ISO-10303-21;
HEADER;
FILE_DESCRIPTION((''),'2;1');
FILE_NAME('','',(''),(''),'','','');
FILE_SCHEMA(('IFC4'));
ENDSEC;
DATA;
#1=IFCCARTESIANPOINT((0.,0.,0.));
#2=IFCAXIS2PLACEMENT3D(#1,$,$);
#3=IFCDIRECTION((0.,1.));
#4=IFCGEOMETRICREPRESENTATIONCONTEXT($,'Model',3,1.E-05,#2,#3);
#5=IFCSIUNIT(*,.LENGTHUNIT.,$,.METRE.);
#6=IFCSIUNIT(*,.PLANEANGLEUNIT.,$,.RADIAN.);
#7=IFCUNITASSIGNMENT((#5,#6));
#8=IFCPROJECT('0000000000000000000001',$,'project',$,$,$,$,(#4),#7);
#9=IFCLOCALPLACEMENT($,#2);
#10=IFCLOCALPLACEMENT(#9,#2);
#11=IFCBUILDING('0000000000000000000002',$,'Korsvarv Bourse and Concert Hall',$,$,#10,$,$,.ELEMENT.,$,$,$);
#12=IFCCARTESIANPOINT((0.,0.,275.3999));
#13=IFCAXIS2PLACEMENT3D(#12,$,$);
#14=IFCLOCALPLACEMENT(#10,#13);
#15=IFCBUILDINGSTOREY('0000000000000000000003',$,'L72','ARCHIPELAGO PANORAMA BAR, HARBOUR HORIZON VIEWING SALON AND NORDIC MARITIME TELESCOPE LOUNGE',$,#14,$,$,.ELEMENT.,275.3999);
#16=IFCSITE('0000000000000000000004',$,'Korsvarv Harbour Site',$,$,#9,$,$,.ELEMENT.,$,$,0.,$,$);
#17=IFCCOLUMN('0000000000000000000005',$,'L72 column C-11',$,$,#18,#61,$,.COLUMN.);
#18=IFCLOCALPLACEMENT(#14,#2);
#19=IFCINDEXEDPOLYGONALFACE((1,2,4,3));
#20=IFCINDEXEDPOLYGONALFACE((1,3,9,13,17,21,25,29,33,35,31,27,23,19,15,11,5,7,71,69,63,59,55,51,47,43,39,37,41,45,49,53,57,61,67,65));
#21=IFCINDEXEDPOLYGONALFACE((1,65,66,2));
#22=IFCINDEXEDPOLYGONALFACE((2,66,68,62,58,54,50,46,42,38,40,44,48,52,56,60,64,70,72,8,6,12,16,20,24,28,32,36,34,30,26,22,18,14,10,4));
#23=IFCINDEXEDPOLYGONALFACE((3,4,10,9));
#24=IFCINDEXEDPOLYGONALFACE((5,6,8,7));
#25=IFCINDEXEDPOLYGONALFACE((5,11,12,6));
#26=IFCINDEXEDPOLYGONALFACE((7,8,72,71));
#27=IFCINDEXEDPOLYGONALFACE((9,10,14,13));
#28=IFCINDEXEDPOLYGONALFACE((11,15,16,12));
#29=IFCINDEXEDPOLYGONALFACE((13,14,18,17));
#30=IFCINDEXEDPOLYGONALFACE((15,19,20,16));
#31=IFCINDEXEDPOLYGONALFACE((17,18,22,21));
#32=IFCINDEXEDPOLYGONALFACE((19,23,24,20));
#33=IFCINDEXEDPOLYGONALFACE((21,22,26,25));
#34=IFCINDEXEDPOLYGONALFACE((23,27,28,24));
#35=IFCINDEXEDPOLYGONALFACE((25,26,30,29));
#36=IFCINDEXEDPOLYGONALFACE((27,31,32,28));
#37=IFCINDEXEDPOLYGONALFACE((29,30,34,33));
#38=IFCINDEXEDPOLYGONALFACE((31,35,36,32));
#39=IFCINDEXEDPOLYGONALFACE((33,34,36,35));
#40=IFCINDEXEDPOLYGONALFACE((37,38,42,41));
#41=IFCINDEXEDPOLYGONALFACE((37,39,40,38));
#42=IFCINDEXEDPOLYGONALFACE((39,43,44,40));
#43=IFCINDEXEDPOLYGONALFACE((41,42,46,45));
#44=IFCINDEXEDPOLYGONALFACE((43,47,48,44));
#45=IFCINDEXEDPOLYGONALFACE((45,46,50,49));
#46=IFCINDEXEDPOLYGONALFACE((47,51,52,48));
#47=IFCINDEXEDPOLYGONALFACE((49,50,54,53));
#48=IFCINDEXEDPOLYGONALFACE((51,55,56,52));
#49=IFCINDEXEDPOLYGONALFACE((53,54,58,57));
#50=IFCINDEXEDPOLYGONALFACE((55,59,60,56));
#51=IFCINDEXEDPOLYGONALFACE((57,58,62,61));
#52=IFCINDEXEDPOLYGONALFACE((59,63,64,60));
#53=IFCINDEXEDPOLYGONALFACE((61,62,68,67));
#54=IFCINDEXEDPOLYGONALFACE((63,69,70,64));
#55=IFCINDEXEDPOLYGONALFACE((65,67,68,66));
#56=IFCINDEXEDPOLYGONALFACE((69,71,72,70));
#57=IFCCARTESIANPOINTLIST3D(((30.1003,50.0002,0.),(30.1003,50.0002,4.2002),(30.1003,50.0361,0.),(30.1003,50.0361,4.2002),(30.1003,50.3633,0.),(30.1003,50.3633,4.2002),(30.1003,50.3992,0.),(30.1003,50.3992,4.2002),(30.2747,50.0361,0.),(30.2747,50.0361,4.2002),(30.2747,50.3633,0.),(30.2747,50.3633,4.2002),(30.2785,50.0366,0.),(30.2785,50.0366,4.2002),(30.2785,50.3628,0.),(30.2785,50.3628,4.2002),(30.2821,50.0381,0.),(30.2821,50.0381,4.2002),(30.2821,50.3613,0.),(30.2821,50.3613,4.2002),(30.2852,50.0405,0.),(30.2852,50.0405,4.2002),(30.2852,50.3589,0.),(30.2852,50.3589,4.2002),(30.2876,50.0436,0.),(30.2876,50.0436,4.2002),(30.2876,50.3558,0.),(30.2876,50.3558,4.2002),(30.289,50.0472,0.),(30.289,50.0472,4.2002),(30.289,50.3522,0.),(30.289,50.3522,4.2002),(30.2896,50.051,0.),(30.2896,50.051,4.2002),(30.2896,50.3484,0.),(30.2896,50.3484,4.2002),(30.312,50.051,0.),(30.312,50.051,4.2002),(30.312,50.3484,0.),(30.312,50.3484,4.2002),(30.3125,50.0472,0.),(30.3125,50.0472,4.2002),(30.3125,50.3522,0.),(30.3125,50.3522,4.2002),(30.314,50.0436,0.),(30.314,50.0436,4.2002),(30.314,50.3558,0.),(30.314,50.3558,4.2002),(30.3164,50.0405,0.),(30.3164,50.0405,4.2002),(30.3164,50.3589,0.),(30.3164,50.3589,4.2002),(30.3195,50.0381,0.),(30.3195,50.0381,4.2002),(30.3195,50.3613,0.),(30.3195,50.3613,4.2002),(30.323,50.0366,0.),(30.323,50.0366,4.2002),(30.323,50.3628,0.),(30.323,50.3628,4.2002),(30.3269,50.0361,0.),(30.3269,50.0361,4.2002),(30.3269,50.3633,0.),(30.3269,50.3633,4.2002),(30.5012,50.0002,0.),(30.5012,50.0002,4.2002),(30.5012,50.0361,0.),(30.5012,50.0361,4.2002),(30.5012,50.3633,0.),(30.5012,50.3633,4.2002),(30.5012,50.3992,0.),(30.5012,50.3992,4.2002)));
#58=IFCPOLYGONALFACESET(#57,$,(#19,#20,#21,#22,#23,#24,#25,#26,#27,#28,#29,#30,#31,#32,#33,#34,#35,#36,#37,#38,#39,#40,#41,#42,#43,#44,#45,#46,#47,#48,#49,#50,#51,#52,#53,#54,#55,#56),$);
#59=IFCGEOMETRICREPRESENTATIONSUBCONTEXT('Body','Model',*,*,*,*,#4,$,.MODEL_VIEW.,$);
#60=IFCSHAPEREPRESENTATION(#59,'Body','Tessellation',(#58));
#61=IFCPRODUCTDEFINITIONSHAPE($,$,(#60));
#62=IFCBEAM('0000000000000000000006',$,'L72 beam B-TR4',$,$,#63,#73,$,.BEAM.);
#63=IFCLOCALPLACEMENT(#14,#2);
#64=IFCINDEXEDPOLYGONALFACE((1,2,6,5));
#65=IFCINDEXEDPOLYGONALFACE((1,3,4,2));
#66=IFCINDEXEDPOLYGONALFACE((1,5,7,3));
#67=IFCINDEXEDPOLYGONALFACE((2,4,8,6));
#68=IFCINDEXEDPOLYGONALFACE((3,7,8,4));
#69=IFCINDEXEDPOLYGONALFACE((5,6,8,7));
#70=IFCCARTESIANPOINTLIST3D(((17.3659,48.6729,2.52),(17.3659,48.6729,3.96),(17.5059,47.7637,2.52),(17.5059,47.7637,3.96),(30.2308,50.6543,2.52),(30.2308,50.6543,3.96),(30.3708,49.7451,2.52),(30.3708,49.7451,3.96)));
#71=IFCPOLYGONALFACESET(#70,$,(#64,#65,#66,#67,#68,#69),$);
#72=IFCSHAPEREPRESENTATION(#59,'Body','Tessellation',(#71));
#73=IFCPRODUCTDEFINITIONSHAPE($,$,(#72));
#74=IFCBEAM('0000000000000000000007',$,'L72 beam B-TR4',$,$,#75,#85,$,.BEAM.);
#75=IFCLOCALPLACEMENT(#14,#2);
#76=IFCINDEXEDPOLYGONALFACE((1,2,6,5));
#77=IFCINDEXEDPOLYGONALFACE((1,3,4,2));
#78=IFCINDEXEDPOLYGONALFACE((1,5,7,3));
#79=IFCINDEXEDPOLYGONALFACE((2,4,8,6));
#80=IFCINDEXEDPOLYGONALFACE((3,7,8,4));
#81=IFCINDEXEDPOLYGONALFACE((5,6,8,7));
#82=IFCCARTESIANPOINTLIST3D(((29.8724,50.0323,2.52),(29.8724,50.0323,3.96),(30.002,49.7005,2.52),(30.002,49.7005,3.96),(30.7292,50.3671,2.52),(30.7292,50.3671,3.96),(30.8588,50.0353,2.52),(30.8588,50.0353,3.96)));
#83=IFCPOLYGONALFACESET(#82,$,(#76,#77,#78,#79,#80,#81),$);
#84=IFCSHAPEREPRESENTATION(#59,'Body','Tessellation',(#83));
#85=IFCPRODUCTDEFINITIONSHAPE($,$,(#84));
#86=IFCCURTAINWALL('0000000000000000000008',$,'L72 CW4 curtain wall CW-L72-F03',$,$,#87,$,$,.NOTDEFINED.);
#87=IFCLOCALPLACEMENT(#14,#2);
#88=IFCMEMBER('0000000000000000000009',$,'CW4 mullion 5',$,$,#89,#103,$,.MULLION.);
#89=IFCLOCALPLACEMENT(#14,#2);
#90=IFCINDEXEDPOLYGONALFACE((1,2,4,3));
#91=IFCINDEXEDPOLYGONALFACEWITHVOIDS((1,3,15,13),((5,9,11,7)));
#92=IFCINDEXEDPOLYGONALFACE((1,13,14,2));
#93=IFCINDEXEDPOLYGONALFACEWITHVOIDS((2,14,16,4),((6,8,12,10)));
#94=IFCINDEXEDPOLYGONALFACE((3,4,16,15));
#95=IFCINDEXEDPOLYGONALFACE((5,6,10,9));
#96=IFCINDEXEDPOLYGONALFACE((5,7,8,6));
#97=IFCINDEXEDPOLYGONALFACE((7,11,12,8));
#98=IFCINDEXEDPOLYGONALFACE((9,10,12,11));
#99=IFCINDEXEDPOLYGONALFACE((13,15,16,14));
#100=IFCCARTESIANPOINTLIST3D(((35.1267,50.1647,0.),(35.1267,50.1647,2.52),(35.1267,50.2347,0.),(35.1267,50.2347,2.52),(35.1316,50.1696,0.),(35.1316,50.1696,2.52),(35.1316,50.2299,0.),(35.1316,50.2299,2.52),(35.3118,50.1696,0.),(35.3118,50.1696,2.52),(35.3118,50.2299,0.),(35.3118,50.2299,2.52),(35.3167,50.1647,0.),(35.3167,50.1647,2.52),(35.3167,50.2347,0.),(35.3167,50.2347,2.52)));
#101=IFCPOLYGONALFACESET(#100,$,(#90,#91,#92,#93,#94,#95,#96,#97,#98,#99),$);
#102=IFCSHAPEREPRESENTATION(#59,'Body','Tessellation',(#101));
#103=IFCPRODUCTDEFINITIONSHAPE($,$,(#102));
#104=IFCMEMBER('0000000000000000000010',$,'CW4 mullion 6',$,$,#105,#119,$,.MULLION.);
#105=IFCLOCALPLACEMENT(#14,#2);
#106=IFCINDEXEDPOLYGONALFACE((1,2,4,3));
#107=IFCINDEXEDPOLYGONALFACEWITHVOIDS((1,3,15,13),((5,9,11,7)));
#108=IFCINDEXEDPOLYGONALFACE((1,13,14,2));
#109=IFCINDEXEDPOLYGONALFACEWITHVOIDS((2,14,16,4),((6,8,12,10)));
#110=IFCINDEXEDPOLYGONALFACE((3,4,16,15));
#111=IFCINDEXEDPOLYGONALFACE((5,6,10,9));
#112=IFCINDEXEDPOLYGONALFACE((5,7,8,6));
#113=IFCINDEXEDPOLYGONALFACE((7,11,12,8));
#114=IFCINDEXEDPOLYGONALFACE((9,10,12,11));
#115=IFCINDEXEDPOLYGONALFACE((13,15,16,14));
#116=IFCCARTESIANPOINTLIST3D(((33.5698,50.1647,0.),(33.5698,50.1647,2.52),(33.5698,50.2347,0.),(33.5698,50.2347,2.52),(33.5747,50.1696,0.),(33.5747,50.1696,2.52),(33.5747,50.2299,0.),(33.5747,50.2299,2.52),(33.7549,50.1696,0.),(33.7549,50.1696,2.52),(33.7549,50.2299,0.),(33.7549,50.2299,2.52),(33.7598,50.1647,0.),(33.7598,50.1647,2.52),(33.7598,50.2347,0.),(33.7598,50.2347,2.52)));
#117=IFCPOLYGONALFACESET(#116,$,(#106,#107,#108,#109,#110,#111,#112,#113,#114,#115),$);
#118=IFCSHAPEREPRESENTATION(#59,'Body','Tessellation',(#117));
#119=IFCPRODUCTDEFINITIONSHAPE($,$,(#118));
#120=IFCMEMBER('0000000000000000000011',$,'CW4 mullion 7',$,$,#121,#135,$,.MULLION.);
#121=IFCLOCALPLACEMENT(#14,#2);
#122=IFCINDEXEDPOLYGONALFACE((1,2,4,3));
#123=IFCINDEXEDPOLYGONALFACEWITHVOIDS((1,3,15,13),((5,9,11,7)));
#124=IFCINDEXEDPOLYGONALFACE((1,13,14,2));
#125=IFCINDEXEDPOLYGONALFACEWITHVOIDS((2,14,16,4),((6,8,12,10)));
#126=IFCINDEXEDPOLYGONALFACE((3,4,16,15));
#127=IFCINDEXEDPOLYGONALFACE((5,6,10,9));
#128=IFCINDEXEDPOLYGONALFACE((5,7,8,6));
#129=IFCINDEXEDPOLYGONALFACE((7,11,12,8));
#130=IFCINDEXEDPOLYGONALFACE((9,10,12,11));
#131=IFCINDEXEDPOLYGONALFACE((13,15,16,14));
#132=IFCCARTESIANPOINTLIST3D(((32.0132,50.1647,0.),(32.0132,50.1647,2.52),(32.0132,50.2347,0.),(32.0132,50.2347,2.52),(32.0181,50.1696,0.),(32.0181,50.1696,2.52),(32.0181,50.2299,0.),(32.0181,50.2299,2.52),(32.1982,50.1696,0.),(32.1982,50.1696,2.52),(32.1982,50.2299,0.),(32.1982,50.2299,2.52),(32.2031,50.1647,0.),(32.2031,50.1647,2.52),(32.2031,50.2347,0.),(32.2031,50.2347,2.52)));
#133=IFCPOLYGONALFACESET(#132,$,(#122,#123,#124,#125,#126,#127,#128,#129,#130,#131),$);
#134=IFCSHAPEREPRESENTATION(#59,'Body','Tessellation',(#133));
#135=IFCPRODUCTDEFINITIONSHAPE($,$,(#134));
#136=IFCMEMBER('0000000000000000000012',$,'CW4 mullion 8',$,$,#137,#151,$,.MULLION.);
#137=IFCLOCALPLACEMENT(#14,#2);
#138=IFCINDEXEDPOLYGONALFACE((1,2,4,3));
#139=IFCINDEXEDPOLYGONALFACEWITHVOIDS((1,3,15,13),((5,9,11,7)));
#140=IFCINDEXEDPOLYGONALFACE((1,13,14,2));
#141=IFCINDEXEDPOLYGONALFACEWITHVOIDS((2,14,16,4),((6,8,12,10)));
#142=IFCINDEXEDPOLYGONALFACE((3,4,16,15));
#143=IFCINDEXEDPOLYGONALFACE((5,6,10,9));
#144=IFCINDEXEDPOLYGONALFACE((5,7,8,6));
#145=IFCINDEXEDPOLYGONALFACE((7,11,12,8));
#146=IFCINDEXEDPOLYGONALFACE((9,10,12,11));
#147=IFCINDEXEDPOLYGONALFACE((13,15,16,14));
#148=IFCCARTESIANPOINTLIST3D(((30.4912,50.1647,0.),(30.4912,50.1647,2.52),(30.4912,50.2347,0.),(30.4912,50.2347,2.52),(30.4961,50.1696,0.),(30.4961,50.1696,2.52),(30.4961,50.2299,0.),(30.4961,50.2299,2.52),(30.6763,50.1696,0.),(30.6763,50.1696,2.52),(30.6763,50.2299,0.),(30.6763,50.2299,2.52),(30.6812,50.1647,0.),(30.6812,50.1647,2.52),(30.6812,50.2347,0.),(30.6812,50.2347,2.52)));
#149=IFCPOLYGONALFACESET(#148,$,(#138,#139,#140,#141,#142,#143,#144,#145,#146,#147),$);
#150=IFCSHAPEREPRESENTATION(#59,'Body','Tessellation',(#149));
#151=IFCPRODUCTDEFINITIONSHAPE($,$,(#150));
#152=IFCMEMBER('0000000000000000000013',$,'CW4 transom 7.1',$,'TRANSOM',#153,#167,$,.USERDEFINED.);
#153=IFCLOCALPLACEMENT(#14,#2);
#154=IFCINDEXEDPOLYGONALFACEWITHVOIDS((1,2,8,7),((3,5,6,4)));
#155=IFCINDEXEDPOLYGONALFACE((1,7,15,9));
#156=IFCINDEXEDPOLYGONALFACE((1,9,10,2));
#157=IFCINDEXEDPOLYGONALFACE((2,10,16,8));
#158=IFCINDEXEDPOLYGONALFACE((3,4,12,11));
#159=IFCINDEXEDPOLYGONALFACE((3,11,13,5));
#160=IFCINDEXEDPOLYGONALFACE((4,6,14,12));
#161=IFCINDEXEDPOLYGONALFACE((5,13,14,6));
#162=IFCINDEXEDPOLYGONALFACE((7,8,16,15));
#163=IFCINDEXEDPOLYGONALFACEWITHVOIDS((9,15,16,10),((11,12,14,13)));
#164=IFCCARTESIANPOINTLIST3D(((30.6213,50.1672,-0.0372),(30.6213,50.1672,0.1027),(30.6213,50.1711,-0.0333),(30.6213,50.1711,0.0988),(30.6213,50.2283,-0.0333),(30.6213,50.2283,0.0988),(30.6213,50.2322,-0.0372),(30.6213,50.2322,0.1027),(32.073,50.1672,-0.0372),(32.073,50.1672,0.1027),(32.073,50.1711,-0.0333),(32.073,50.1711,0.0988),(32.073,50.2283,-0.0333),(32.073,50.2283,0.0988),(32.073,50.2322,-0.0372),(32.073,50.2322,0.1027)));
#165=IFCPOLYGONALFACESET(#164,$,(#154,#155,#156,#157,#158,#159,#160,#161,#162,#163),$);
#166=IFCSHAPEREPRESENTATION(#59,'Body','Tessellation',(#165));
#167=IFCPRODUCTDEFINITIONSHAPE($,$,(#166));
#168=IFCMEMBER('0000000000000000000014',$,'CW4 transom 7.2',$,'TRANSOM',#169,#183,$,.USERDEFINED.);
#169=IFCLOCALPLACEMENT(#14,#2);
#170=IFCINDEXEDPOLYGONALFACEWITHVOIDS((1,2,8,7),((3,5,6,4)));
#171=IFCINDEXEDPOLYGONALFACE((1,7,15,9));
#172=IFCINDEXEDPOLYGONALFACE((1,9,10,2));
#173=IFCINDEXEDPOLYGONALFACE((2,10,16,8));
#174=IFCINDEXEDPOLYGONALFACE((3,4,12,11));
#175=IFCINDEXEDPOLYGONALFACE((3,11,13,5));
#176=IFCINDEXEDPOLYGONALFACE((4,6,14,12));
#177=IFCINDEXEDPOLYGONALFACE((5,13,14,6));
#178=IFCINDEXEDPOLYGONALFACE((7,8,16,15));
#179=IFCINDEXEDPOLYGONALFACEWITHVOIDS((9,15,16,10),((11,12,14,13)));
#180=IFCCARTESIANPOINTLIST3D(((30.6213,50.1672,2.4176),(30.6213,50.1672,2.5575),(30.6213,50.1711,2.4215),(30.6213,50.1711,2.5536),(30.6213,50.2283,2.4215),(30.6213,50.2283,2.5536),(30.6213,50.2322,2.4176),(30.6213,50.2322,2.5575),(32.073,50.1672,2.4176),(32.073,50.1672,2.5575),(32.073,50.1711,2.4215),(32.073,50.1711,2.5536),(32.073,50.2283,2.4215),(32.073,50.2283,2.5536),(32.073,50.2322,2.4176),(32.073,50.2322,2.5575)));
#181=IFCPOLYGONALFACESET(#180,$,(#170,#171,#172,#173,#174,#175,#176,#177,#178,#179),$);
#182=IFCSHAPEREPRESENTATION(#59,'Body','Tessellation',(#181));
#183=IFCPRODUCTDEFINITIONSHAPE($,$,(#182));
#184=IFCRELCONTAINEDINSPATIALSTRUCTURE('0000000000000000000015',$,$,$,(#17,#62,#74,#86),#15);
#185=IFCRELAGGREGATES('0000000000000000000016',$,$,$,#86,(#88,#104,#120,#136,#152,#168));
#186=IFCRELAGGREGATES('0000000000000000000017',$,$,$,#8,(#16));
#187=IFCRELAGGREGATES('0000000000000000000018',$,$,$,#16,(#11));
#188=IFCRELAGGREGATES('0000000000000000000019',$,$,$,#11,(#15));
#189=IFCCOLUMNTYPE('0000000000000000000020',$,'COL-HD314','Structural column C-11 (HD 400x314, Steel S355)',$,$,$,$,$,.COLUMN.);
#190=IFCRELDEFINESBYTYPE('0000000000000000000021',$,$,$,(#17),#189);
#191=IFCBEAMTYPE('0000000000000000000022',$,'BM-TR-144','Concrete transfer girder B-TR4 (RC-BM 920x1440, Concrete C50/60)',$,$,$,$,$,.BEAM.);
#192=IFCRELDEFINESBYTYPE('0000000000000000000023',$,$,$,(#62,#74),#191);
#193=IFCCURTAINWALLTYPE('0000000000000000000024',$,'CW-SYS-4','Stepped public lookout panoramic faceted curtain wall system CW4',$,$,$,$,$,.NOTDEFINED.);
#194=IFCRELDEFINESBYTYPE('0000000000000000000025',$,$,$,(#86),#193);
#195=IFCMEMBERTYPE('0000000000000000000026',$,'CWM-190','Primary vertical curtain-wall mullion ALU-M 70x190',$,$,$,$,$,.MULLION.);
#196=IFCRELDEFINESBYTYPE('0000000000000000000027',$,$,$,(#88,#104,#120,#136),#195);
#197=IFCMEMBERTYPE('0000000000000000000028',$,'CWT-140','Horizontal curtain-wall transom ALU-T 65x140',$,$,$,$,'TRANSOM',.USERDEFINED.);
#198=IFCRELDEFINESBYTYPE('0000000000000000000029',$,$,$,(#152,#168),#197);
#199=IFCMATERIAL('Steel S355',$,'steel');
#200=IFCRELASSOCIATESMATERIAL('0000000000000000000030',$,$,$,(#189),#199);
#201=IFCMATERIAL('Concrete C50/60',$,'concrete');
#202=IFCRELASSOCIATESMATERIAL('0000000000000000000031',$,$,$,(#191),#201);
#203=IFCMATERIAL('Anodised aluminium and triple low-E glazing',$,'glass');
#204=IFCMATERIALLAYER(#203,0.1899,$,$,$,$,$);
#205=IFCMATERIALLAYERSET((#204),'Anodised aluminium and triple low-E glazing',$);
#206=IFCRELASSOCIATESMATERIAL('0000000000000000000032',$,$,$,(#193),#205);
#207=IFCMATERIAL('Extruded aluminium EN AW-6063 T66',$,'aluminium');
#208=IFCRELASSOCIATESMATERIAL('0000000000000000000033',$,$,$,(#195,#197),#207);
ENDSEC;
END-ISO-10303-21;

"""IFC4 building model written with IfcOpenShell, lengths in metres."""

from ifc_helpers import new_model, si_unit, direction, frame, origin, origin_2d, place, context, subcontext, project, spatial, rectangle, hollow_rectangle, i_section, extrude, source, transform, mapped, material, layer, layer_set, material_profile, profile_set, type_object, element, aggregate, save


model = new_model("IFC4")

# Units and contexts
model_context = context("Model", 3, precision=1e-05, world=origin(), true_north=direction((0.0, 1.0)))
body_context = subcontext(model_context, "Body", "Model", "MODEL_VIEW")
ifc_project = project(units=[si_unit("LENGTHUNIT", "METRE"), si_unit("PLANEANGLEUNIT", "RADIAN")], contexts=[model_context])

# Site, building, storey
site_placement = place(None, origin())
site = spatial("IfcSite", under=ifc_project, at=site_placement, Name="Korsvarv Harbour Site", CompositionType="ELEMENT", RefElevation=0.0)
building_placement = place(site_placement, origin())
building = spatial("IfcBuilding", under=site, at=building_placement, Name="Korsvarv Bourse and Concert Hall", CompositionType="ELEMENT")
storey_placement = place(building_placement, frame((0.0, 0.0, 275.3999)))
storey = spatial("IfcBuildingStorey", under=building, at=storey_placement, Name="L72", Description="ARCHIPELAGO PANORAMA BAR, HARBOUR HORIZON VIEWING SALON AND NORDIC MARITIME TELESCOPE LOUNGE", CompositionType="ELEMENT", Elevation=275.3999)

# Column
ifc_material_1 = material(Name="Steel S355", Category="steel")
ifc_material_profile_1 = material_profile(ifc_material_1, i_section(OverallWidth=0.4009, OverallDepth=0.3989, WebThickness=0.0225, FlangeThickness=0.0359, FilletRadius=0.0149, at=origin_2d()), Name="HD 400x314")
ifc_profile_set_1 = profile_set([ifc_material_profile_1], Name="Steel S355")
column_type = type_object("IfcColumnType", Name="COL-HD314", Description="Structural column C-11 (HD 400x314, Steel S355)", PredefinedType="COLUMN", material=ifc_profile_set_1)
shared_shape_1 = source(origin(), body_context, "Body", "SweptSolid", [
    extrude(i_section(OverallWidth=0.4009, OverallDepth=0.3989, WebThickness=0.0225, FlangeThickness=0.0359, FilletRadius=0.0149, at=origin_2d()), origin(), (0.0, 0.0, 1.0), 4.2002),
])
column_placement = place(storey_placement, frame((30.3008, 50.1997, 0.0), z_axis=(0.0, 0.0, 1.0), x_axis=(1.0, 0.0, 0.0)))
element("IfcColumn", 1, at=column_placement, inside=storey, type_object=column_type, Name="L72 column C-11", PredefinedType="COLUMN", context=body_context, shape_type="MappedRepresentation", body=[
    mapped(shared_shape_1, transform((0.0, 0.0, 0.0), scale=1.0)),
])

# Beams
ifc_material_2 = material(Name="Concrete C50/60", Category="concrete")
ifc_material_profile_2 = material_profile(ifc_material_2, rectangle(XDim=0.9199, YDim=1.4399, at=origin_2d()), Name="RC-BM 920x1440")
ifc_profile_set_2 = profile_set([ifc_material_profile_2], Name="Concrete C50/60")
beam_type = type_object("IfcBeamType", Name="BM-TR-144", Description="Concrete transfer girder B-TR4 (RC-BM 920x1440, Concrete C50/60)", PredefinedType="BEAM", material=ifc_profile_set_2)
shared_shape_2 = source(origin(), body_context, "Body", "SweptSolid", [
    extrude(rectangle(XDim=0.9199, YDim=1.4399, at=origin_2d()), origin(), (0.0, 0.0, 1.0), 13.0166),
])
beam_1_placement = place(storey_placement, frame((30.3008, 50.1997, 3.24), z_axis=(-0.988346, -0.152223, 0.0), x_axis=(0.152223, -0.988346, 0.0)))
element("IfcBeam", 2, at=beam_1_placement, inside=storey, type_object=beam_type, Name="L72 beam B-TR4", PredefinedType="BEAM", context=body_context, shape_type="MappedRepresentation", body=[
    mapped(shared_shape_2, transform((0.0, 0.0, 0.0), scale=1.0)),
])
shared_shape_3 = source(origin(), body_context, "Body", "SweptSolid", [
    extrude(rectangle(XDim=0.9199, YDim=1.4399, at=origin_2d()), origin(), (0.0, 0.0, 1.0), 0.3562),
])
beam_2_placement = place(storey_placement, frame((30.3008, 50.1997, 3.24), z_axis=(0.363934, -0.931425, 0.0), x_axis=(0.931425, 0.363934, 0.0)))
element("IfcBeam", 3, at=beam_2_placement, inside=storey, type_object=beam_type, Name="L72 beam B-TR4", PredefinedType="BEAM", context=body_context, shape_type="MappedRepresentation", body=[
    mapped(shared_shape_3, transform((0.0, 0.0, 0.0), scale=1.0)),
])

# Curtain wall, members
ifc_material_3 = material(Name="Anodised aluminium and triple low-E glazing", Category="glass")
ifc_layer_1 = layer(ifc_material_3, 0.1899)
ifc_layer_set_1 = layer_set([ifc_layer_1], Name="Anodised aluminium and triple low-E glazing")
curtain_wall_type = type_object("IfcCurtainWallType", Name="CW-SYS-4", Description="Stepped public lookout panoramic faceted curtain wall system CW4", PredefinedType="NOTDEFINED", material=ifc_layer_set_1)
curtain_wall_placement = place(storey_placement, origin())
curtain_wall = element("IfcCurtainWall", 4, at=curtain_wall_placement, inside=storey, type_object=curtain_wall_type, Name="L72 CW4 curtain wall CW-L72-F03", PredefinedType="NOTDEFINED")
ifc_material_4 = material(Name="Extruded aluminium EN AW-6063 T66", Category="aluminium")
ifc_material_profile_3 = material_profile(ifc_material_4, hollow_rectangle(XDim=0.0701, YDim=0.1899, WallThickness=0.0049, at=origin_2d()), Name="ALU-M 70x190")
ifc_profile_set_3 = profile_set([ifc_material_profile_3], Name="Extruded aluminium EN AW-6063 T66")
member_type_1 = type_object("IfcMemberType", Name="CWM-190", Description="Primary vertical curtain-wall mullion ALU-M 70x190", PredefinedType="MULLION", material=ifc_profile_set_3)
shared_shape_4 = source(origin(), body_context, "Body", "SweptSolid", [
    extrude(hollow_rectangle(XDim=0.0701, YDim=0.1899, WallThickness=0.0049, at=origin_2d()), origin(), (0.0, 0.0, 1.0), 2.52),
])
member_1_placement = place(storey_placement, frame((35.2217, 50.1997, 0.0), z_axis=(0.0, 0.0, 1.0), x_axis=(0.0, -1.0, 0.0)))
member_1 = element("IfcMember", 5, at=member_1_placement, type_object=member_type_1, Name="CW4 mullion 5", PredefinedType="MULLION", context=body_context, shape_type="MappedRepresentation", body=[
    mapped(shared_shape_4, transform((0.0, 0.0, 0.0), scale=1.0)),
])
member_2_placement = place(storey_placement, frame((33.6648, 50.1997, 0.0), z_axis=(0.0, 0.0, 1.0), x_axis=(0.0, -1.0, 0.0)))
member_2 = element("IfcMember", 6, at=member_2_placement, type_object=member_type_1, Name="CW4 mullion 6", PredefinedType="MULLION", context=body_context, shape_type="MappedRepresentation", body=[
    mapped(shared_shape_4, transform((0.0, 0.0, 0.0), scale=1.0)),
])
member_3_placement = place(storey_placement, frame((32.1082, 50.1997, 0.0), z_axis=(0.0, 0.0, 1.0), x_axis=(0.0, -1.0, 0.0)))
member_3 = element("IfcMember", 7, at=member_3_placement, type_object=member_type_1, Name="CW4 mullion 7", PredefinedType="MULLION", context=body_context, shape_type="MappedRepresentation", body=[
    mapped(shared_shape_4, transform((0.0, 0.0, 0.0), scale=1.0)),
])
member_4_placement = place(storey_placement, frame((30.5862, 50.1997, 0.0), z_axis=(0.0, 0.0, 1.0), x_axis=(0.0, -1.0, 0.0)))
member_4 = element("IfcMember", 8, at=member_4_placement, type_object=member_type_1, Name="CW4 mullion 8", PredefinedType="MULLION", context=body_context, shape_type="MappedRepresentation", body=[
    mapped(shared_shape_4, transform((0.0, 0.0, 0.0), scale=1.0)),
])
ifc_material_profile_4 = material_profile(ifc_material_4, hollow_rectangle(XDim=0.0649, YDim=0.1399, WallThickness=0.0039, at=origin_2d()), Name="ALU-T 65x140")
ifc_profile_set_4 = profile_set([ifc_material_profile_4], Name="Extruded aluminium EN AW-6063 T66")
member_type_2 = type_object("IfcMemberType", Name="CWT-140", Description="Horizontal curtain-wall transom ALU-T 65x140", ElementType="TRANSOM", PredefinedType="USERDEFINED", material=ifc_profile_set_4)
shared_shape_5 = source(origin(), body_context, "Body", "SweptSolid", [
    extrude(hollow_rectangle(XDim=0.0649, YDim=0.1399, WallThickness=0.0039, at=origin_2d()), origin(), (0.0, 0.0, 1.0), 1.4517),
])
member_5_placement = place(storey_placement, frame((32.073, 50.1997, 0.0327), z_axis=(-1.0, 0.0, 0.0), x_axis=(0.0, -1.0, 0.0)))
member_5 = element("IfcMember", 9, at=member_5_placement, type_object=member_type_2, Name="CW4 transom 7.1", ObjectType="TRANSOM", PredefinedType="USERDEFINED", context=body_context, shape_type="MappedRepresentation", body=[
    mapped(shared_shape_5, transform((0.0, 0.0, 0.0), scale=1.0)),
])
member_6_placement = place(storey_placement, frame((32.073, 50.1997, 2.4875), z_axis=(-1.0, 0.0, 0.0), x_axis=(0.0, -1.0, 0.0)))
member_6 = element("IfcMember", 10, at=member_6_placement, type_object=member_type_2, Name="CW4 transom 7.2", ObjectType="TRANSOM", PredefinedType="USERDEFINED", context=body_context, shape_type="MappedRepresentation", body=[
    mapped(shared_shape_5, transform((0.0, 0.0, 0.0), scale=1.0)),
])
aggregate(curtain_wall, [member_1, member_2, member_3, member_4, member_5, member_6])

save(model, "model.ifc")
